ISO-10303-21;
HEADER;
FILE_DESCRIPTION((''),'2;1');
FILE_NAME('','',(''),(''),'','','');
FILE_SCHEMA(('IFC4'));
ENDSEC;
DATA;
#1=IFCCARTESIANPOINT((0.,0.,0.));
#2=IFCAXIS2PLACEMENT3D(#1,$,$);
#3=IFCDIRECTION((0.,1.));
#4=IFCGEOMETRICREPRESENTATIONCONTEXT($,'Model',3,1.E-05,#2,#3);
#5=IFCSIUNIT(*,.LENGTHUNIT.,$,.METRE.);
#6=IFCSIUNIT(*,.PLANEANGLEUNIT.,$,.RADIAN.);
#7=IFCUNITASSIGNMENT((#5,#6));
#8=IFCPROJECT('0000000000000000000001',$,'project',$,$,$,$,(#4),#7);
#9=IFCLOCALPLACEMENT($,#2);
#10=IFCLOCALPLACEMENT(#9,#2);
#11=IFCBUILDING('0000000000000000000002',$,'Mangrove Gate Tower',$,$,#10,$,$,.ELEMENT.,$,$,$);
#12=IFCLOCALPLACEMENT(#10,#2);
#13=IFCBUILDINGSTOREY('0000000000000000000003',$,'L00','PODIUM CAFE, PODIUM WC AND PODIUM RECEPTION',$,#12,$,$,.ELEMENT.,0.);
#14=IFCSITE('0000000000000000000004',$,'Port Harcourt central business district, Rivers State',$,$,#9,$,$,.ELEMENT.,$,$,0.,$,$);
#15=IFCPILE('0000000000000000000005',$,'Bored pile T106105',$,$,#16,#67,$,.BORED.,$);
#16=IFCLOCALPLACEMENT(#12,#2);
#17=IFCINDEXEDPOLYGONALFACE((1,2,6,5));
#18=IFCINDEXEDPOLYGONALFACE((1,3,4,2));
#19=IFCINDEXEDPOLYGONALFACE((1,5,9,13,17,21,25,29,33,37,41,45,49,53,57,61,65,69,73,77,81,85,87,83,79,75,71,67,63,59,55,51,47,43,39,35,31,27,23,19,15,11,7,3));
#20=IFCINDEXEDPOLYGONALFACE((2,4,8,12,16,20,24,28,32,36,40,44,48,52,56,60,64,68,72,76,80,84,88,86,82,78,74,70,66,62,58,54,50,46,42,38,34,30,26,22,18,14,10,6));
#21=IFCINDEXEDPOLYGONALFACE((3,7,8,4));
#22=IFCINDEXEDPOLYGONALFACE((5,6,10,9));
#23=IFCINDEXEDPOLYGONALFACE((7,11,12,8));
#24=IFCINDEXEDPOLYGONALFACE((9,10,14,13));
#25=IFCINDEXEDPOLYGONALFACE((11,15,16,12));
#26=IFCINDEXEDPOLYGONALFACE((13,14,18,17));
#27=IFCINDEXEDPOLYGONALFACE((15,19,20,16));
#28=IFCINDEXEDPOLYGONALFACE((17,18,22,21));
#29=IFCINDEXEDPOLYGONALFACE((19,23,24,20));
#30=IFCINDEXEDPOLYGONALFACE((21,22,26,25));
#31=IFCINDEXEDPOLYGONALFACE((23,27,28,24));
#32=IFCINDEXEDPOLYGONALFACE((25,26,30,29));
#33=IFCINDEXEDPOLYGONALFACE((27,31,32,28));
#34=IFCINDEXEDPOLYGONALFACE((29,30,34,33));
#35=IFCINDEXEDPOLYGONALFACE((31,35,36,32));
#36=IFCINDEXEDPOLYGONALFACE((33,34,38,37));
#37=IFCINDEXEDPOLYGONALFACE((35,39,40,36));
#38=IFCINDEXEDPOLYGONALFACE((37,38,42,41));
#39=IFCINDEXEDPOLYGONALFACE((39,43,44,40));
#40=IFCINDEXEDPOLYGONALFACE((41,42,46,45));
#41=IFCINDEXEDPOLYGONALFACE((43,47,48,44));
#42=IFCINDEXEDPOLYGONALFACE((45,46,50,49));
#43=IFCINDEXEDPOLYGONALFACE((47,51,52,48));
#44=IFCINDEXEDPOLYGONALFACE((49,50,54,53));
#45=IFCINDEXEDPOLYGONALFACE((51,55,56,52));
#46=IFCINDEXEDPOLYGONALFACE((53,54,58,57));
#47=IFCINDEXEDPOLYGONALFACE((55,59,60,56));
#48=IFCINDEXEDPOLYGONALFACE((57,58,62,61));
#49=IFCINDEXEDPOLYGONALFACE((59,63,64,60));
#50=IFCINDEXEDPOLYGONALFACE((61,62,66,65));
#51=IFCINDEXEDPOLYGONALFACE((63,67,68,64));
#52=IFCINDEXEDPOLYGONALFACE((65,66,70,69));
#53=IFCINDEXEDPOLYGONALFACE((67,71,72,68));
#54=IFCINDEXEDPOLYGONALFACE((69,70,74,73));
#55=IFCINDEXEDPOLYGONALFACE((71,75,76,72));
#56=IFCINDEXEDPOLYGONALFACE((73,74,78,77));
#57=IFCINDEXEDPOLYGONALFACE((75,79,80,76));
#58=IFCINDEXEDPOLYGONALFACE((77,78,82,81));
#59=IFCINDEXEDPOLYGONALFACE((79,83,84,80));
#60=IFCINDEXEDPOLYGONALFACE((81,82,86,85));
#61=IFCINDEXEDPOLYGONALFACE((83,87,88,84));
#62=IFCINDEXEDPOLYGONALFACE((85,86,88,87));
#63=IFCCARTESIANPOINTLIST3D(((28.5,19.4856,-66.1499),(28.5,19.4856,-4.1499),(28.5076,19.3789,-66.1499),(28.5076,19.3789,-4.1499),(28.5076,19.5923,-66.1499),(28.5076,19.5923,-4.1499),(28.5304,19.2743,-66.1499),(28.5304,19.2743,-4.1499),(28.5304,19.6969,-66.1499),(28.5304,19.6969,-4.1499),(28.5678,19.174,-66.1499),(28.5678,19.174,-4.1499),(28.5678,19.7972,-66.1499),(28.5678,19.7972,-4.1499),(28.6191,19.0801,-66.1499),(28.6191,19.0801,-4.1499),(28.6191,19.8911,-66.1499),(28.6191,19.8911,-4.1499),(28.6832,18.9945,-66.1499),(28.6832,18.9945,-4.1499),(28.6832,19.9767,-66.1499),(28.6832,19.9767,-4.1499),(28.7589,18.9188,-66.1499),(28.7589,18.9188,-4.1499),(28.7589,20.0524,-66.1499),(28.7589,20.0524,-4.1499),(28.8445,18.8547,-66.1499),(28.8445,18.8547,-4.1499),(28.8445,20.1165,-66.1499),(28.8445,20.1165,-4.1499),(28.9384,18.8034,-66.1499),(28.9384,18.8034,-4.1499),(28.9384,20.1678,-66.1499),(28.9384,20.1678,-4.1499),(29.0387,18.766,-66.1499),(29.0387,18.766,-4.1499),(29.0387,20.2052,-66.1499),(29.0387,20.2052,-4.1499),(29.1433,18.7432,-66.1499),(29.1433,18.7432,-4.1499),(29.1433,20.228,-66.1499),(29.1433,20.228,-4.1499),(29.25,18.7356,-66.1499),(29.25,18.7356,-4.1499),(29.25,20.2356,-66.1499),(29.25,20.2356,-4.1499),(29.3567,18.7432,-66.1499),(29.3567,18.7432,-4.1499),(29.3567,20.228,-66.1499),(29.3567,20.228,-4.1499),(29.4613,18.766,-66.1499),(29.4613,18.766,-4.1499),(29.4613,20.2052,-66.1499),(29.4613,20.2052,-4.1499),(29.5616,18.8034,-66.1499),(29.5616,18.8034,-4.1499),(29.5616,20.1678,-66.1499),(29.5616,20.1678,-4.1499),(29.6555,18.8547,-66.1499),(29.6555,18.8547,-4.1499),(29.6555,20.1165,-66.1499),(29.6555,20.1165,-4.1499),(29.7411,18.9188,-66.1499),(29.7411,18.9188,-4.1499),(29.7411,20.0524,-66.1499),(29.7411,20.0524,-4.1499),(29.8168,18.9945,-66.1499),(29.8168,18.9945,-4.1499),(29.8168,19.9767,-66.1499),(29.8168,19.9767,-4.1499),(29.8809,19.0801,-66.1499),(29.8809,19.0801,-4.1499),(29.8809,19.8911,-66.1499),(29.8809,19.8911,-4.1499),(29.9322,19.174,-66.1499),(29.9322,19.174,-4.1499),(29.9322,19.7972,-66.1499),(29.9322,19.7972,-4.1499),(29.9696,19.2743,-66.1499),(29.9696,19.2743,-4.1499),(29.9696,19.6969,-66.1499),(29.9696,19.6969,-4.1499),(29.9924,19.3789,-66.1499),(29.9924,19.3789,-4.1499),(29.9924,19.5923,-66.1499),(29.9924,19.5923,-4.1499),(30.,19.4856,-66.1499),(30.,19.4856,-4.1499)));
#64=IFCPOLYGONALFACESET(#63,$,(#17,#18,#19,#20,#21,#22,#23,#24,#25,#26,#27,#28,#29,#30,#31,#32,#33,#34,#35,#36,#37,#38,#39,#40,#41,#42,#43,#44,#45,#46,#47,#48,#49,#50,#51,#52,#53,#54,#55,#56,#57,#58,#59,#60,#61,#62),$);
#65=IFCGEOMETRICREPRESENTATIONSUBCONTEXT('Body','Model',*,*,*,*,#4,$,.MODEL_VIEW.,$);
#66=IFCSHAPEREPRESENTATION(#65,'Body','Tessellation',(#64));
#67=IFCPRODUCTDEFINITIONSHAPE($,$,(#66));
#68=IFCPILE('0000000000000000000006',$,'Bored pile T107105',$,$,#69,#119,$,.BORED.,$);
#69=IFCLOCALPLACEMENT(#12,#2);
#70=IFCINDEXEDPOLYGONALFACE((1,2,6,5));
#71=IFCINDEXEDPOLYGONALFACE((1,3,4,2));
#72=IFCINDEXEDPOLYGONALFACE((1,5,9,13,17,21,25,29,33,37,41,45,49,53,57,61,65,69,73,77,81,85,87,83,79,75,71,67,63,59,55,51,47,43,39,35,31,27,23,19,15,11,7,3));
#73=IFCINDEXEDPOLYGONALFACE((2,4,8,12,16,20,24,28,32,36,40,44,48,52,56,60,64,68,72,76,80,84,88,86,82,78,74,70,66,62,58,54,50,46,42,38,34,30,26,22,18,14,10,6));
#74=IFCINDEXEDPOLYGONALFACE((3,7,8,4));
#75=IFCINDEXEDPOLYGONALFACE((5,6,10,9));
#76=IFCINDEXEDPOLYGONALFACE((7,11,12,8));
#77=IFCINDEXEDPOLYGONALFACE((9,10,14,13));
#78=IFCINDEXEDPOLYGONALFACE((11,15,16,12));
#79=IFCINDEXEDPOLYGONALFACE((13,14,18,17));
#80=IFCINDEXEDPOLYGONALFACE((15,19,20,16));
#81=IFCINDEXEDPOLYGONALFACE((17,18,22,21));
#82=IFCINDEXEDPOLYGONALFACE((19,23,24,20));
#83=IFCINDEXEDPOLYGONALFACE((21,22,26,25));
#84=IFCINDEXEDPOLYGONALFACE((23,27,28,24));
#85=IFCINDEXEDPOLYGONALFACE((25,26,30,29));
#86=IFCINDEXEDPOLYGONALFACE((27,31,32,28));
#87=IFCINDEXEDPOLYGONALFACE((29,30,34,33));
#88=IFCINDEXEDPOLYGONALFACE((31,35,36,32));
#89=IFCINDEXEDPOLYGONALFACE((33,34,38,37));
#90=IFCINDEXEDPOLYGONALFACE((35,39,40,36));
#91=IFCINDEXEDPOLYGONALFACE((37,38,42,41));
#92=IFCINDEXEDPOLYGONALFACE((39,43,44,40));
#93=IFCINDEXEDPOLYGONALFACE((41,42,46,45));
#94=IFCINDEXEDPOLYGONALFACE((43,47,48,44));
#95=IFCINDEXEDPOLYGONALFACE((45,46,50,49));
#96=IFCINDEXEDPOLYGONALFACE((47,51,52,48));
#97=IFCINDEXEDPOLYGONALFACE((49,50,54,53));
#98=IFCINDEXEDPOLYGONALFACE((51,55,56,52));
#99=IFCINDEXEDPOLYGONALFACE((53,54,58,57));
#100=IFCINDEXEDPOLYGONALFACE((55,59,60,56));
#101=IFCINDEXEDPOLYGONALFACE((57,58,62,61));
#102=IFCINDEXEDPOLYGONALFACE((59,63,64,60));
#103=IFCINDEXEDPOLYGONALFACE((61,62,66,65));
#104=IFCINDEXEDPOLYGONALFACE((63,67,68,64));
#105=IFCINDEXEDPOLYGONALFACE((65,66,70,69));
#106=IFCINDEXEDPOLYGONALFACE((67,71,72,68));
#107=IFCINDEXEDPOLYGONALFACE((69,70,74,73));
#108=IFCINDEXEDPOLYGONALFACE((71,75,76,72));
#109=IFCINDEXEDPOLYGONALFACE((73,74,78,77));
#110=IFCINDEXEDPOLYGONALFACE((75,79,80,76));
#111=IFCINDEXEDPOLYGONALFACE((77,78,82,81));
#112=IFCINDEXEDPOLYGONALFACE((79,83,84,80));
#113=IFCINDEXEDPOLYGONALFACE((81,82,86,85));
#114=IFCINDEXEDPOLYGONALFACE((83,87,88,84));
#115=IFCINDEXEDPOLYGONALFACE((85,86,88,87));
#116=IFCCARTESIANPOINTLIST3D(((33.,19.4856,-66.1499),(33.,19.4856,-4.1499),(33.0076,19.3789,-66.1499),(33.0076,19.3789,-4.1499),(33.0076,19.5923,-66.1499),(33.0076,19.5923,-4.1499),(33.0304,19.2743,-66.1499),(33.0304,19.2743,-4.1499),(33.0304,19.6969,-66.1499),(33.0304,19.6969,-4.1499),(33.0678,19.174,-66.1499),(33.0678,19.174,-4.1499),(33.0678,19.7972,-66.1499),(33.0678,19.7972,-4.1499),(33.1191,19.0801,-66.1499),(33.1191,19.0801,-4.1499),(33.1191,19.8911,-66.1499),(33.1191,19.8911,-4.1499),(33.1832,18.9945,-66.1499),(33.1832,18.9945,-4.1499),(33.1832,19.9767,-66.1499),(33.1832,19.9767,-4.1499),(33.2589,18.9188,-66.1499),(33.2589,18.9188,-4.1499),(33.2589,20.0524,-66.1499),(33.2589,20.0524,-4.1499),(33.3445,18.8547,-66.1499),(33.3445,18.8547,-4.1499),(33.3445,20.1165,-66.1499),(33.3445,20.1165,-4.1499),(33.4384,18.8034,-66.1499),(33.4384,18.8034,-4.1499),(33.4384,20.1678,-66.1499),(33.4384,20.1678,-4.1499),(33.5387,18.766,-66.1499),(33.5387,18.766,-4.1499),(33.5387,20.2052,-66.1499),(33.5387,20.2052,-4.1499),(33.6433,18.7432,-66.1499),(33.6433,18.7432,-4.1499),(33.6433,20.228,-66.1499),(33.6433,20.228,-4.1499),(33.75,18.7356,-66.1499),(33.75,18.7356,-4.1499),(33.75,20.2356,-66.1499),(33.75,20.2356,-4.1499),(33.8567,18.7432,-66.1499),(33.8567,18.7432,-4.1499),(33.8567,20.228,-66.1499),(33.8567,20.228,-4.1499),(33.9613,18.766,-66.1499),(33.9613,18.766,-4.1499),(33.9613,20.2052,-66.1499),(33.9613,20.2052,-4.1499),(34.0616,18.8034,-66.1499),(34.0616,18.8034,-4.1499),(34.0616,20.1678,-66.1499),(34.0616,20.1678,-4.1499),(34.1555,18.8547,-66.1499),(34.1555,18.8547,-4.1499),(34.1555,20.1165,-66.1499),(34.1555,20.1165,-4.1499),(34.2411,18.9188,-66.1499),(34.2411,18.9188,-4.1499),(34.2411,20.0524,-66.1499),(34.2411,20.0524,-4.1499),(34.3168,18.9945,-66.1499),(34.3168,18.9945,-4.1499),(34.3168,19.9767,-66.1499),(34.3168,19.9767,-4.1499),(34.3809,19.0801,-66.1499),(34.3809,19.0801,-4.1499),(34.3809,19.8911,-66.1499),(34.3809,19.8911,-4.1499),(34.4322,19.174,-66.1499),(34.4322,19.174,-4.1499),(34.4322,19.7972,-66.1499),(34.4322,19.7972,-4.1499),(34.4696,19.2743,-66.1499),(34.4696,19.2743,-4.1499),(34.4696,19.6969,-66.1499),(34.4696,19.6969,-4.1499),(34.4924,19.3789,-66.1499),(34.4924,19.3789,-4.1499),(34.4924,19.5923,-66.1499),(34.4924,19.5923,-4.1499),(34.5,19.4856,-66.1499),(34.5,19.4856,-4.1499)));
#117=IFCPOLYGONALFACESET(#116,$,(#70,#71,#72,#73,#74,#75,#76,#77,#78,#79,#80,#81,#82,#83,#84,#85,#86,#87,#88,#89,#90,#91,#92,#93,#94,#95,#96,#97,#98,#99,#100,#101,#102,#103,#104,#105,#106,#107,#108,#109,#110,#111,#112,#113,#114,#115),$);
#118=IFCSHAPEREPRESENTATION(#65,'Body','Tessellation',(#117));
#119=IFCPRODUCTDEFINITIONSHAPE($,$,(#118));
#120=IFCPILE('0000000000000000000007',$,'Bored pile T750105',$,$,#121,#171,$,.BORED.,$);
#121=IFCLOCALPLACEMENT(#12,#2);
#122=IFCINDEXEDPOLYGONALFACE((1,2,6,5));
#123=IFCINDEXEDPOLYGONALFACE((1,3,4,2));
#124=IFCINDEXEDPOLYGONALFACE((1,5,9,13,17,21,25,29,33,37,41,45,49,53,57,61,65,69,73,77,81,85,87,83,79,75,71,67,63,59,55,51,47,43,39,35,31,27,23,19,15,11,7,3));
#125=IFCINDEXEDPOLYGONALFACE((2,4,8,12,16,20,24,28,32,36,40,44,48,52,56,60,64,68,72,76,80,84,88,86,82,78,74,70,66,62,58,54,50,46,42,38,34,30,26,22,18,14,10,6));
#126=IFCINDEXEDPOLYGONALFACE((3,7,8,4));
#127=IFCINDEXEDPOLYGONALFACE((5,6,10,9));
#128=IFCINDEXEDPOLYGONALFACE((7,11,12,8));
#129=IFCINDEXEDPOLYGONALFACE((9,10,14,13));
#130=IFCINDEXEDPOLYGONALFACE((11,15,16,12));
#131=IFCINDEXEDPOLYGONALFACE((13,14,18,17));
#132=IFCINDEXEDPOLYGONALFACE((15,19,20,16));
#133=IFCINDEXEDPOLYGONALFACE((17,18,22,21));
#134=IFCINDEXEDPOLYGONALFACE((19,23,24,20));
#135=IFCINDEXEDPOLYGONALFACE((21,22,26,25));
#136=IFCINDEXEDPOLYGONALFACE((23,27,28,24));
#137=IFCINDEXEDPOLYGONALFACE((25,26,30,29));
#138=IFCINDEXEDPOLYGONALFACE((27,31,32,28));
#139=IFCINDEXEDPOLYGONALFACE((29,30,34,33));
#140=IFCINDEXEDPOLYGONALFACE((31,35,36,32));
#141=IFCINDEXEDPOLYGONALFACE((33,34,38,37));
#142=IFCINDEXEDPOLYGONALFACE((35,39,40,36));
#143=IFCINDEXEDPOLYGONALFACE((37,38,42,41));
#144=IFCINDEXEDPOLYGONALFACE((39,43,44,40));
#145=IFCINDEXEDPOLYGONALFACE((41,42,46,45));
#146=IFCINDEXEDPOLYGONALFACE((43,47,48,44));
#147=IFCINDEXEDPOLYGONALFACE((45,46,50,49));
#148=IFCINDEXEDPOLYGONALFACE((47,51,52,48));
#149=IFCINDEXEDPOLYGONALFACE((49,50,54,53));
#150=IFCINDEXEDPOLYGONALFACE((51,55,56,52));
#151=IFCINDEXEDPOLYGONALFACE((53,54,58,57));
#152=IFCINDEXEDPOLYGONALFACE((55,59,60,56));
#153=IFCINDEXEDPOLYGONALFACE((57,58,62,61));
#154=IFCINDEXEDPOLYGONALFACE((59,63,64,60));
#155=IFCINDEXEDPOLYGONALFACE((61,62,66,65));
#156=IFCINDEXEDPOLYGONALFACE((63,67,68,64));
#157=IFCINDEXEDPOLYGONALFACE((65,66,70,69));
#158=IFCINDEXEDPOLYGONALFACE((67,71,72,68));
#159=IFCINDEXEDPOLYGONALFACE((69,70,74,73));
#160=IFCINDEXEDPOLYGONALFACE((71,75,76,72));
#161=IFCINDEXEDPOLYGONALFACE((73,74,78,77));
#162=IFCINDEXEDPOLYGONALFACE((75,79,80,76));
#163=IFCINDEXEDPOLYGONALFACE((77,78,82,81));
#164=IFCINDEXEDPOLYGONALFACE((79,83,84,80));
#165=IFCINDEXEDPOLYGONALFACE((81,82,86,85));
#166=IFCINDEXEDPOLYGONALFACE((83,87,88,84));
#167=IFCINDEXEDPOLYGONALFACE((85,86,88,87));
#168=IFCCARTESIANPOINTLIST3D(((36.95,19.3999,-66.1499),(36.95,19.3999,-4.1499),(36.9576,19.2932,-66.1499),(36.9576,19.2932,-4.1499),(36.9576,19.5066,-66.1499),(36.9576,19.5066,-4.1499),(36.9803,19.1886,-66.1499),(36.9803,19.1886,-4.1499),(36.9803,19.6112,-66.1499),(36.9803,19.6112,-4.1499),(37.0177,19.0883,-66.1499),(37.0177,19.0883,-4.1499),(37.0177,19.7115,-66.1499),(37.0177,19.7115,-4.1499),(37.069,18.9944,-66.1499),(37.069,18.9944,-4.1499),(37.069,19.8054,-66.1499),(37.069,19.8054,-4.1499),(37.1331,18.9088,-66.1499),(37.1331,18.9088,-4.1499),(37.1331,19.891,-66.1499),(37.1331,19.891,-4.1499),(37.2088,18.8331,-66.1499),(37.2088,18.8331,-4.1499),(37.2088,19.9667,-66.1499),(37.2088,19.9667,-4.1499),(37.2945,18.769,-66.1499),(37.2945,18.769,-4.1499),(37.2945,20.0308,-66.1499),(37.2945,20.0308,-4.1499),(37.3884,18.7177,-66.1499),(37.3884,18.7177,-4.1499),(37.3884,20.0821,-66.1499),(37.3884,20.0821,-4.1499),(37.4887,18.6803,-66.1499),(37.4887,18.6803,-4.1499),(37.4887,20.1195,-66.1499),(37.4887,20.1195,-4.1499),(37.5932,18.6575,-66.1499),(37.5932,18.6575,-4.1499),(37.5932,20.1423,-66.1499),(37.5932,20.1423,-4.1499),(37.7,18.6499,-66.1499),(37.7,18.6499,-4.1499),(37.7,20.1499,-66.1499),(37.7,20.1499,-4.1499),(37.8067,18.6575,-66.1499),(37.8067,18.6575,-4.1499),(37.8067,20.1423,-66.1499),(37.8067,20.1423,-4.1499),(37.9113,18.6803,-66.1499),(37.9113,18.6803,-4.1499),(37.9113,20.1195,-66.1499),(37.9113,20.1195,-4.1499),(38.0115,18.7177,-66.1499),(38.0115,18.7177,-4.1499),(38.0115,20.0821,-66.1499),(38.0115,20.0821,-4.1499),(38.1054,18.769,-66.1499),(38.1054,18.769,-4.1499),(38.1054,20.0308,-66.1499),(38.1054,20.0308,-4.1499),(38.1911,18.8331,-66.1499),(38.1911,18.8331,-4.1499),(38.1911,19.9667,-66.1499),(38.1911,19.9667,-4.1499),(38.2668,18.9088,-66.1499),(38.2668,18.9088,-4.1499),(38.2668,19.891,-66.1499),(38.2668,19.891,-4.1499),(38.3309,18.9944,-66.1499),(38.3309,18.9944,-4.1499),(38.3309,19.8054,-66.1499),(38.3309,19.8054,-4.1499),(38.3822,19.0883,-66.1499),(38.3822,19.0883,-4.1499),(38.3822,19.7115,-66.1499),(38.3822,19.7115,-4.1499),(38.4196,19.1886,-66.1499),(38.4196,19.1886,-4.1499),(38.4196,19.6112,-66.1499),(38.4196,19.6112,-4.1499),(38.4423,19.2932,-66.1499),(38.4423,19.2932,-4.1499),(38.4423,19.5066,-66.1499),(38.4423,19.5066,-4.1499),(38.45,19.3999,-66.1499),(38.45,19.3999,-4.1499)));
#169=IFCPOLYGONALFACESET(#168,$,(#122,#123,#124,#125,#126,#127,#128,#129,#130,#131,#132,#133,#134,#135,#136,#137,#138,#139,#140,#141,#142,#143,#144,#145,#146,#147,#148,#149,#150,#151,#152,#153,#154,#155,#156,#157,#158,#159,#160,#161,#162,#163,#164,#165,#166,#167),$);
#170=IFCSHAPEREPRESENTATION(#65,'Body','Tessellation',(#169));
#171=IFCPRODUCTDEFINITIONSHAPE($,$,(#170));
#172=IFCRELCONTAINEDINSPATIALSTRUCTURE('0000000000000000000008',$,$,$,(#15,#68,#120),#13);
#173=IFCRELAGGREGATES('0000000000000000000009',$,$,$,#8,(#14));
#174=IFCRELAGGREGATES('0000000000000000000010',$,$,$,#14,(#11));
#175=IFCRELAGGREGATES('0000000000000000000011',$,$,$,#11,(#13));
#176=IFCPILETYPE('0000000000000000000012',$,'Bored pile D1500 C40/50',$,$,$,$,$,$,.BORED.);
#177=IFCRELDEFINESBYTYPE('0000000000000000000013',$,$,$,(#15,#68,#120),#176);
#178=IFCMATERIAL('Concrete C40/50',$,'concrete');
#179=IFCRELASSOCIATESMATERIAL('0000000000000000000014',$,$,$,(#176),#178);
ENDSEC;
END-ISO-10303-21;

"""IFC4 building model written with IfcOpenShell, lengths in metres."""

from ifc_helpers import new_model, si_unit, direction, frame, origin, origin_2d, place, context, subcontext, project, spatial, circle, extrude, material, material_profile, profile_set, type_object, element, save


model = new_model("IFC4")

# Units and contexts
model_context = context("Model", 3, precision=1e-05, world=origin(), true_north=direction((0.0, 1.0)))
body_context = subcontext(model_context, "Body", "Model", "MODEL_VIEW")
ifc_project = project(units=[si_unit("LENGTHUNIT", "METRE"), si_unit("PLANEANGLEUNIT", "RADIAN")], contexts=[model_context])

# Site, building, storey
site_placement = place(None, origin())
site = spatial("IfcSite", under=ifc_project, at=site_placement, Name="Port Harcourt central business district, Rivers State", CompositionType="ELEMENT", RefElevation=0.0)
building_placement = place(site_placement, origin())
building = spatial("IfcBuilding", under=site, at=building_placement, Name="Mangrove Gate Tower", CompositionType="ELEMENT")
storey_placement = place(building_placement, origin())
storey = spatial("IfcBuildingStorey", under=building, at=storey_placement, Name="L00", Description="PODIUM CAFE, PODIUM WC AND PODIUM RECEPTION", CompositionType="ELEMENT", Elevation=0.0)

# Piles
ifc_material_1 = material(Name="Concrete C40/50", Category="concrete")
ifc_material_profile_1 = material_profile(ifc_material_1, circle(Radius=0.75, at=origin_2d()))
ifc_profile_set_1 = profile_set([ifc_material_profile_1], Name="Concrete C40/50")
pile_type = type_object("IfcPileType", Name="Bored pile D1500 C40/50", PredefinedType="BORED", material=ifc_profile_set_1)
for number, where, z_axis, x_axis, name in (
    (1, (29.25, 19.4856, -4.1499), (0.0, 0.0, -1.0), (1.0, 0.0, 0.0), "Bored pile T106105"),
    (2, (33.75, 19.4856, -4.1499), (0.0, 0.0, -1.0), (1.0, 0.0, 0.0), "Bored pile T107105"),
    (3, (37.7, 19.3999, -4.1499), (0.0, 0.0, -1.0), (1.0, 0.0, 0.0), "Bored pile T750105"),
):
    element("IfcPile", number, at=place(storey_placement, frame(where, z_axis=z_axis, x_axis=x_axis)), inside=storey, type_object=pile_type, Name=name, PredefinedType="BORED", context=body_context, shape_type="SweptSolid", body=[
        extrude(circle(Radius=0.75, at=origin_2d()), origin(), (0.0, 0.0, 1.0), 62.0),
    ])

save(model, "model.ifc")
